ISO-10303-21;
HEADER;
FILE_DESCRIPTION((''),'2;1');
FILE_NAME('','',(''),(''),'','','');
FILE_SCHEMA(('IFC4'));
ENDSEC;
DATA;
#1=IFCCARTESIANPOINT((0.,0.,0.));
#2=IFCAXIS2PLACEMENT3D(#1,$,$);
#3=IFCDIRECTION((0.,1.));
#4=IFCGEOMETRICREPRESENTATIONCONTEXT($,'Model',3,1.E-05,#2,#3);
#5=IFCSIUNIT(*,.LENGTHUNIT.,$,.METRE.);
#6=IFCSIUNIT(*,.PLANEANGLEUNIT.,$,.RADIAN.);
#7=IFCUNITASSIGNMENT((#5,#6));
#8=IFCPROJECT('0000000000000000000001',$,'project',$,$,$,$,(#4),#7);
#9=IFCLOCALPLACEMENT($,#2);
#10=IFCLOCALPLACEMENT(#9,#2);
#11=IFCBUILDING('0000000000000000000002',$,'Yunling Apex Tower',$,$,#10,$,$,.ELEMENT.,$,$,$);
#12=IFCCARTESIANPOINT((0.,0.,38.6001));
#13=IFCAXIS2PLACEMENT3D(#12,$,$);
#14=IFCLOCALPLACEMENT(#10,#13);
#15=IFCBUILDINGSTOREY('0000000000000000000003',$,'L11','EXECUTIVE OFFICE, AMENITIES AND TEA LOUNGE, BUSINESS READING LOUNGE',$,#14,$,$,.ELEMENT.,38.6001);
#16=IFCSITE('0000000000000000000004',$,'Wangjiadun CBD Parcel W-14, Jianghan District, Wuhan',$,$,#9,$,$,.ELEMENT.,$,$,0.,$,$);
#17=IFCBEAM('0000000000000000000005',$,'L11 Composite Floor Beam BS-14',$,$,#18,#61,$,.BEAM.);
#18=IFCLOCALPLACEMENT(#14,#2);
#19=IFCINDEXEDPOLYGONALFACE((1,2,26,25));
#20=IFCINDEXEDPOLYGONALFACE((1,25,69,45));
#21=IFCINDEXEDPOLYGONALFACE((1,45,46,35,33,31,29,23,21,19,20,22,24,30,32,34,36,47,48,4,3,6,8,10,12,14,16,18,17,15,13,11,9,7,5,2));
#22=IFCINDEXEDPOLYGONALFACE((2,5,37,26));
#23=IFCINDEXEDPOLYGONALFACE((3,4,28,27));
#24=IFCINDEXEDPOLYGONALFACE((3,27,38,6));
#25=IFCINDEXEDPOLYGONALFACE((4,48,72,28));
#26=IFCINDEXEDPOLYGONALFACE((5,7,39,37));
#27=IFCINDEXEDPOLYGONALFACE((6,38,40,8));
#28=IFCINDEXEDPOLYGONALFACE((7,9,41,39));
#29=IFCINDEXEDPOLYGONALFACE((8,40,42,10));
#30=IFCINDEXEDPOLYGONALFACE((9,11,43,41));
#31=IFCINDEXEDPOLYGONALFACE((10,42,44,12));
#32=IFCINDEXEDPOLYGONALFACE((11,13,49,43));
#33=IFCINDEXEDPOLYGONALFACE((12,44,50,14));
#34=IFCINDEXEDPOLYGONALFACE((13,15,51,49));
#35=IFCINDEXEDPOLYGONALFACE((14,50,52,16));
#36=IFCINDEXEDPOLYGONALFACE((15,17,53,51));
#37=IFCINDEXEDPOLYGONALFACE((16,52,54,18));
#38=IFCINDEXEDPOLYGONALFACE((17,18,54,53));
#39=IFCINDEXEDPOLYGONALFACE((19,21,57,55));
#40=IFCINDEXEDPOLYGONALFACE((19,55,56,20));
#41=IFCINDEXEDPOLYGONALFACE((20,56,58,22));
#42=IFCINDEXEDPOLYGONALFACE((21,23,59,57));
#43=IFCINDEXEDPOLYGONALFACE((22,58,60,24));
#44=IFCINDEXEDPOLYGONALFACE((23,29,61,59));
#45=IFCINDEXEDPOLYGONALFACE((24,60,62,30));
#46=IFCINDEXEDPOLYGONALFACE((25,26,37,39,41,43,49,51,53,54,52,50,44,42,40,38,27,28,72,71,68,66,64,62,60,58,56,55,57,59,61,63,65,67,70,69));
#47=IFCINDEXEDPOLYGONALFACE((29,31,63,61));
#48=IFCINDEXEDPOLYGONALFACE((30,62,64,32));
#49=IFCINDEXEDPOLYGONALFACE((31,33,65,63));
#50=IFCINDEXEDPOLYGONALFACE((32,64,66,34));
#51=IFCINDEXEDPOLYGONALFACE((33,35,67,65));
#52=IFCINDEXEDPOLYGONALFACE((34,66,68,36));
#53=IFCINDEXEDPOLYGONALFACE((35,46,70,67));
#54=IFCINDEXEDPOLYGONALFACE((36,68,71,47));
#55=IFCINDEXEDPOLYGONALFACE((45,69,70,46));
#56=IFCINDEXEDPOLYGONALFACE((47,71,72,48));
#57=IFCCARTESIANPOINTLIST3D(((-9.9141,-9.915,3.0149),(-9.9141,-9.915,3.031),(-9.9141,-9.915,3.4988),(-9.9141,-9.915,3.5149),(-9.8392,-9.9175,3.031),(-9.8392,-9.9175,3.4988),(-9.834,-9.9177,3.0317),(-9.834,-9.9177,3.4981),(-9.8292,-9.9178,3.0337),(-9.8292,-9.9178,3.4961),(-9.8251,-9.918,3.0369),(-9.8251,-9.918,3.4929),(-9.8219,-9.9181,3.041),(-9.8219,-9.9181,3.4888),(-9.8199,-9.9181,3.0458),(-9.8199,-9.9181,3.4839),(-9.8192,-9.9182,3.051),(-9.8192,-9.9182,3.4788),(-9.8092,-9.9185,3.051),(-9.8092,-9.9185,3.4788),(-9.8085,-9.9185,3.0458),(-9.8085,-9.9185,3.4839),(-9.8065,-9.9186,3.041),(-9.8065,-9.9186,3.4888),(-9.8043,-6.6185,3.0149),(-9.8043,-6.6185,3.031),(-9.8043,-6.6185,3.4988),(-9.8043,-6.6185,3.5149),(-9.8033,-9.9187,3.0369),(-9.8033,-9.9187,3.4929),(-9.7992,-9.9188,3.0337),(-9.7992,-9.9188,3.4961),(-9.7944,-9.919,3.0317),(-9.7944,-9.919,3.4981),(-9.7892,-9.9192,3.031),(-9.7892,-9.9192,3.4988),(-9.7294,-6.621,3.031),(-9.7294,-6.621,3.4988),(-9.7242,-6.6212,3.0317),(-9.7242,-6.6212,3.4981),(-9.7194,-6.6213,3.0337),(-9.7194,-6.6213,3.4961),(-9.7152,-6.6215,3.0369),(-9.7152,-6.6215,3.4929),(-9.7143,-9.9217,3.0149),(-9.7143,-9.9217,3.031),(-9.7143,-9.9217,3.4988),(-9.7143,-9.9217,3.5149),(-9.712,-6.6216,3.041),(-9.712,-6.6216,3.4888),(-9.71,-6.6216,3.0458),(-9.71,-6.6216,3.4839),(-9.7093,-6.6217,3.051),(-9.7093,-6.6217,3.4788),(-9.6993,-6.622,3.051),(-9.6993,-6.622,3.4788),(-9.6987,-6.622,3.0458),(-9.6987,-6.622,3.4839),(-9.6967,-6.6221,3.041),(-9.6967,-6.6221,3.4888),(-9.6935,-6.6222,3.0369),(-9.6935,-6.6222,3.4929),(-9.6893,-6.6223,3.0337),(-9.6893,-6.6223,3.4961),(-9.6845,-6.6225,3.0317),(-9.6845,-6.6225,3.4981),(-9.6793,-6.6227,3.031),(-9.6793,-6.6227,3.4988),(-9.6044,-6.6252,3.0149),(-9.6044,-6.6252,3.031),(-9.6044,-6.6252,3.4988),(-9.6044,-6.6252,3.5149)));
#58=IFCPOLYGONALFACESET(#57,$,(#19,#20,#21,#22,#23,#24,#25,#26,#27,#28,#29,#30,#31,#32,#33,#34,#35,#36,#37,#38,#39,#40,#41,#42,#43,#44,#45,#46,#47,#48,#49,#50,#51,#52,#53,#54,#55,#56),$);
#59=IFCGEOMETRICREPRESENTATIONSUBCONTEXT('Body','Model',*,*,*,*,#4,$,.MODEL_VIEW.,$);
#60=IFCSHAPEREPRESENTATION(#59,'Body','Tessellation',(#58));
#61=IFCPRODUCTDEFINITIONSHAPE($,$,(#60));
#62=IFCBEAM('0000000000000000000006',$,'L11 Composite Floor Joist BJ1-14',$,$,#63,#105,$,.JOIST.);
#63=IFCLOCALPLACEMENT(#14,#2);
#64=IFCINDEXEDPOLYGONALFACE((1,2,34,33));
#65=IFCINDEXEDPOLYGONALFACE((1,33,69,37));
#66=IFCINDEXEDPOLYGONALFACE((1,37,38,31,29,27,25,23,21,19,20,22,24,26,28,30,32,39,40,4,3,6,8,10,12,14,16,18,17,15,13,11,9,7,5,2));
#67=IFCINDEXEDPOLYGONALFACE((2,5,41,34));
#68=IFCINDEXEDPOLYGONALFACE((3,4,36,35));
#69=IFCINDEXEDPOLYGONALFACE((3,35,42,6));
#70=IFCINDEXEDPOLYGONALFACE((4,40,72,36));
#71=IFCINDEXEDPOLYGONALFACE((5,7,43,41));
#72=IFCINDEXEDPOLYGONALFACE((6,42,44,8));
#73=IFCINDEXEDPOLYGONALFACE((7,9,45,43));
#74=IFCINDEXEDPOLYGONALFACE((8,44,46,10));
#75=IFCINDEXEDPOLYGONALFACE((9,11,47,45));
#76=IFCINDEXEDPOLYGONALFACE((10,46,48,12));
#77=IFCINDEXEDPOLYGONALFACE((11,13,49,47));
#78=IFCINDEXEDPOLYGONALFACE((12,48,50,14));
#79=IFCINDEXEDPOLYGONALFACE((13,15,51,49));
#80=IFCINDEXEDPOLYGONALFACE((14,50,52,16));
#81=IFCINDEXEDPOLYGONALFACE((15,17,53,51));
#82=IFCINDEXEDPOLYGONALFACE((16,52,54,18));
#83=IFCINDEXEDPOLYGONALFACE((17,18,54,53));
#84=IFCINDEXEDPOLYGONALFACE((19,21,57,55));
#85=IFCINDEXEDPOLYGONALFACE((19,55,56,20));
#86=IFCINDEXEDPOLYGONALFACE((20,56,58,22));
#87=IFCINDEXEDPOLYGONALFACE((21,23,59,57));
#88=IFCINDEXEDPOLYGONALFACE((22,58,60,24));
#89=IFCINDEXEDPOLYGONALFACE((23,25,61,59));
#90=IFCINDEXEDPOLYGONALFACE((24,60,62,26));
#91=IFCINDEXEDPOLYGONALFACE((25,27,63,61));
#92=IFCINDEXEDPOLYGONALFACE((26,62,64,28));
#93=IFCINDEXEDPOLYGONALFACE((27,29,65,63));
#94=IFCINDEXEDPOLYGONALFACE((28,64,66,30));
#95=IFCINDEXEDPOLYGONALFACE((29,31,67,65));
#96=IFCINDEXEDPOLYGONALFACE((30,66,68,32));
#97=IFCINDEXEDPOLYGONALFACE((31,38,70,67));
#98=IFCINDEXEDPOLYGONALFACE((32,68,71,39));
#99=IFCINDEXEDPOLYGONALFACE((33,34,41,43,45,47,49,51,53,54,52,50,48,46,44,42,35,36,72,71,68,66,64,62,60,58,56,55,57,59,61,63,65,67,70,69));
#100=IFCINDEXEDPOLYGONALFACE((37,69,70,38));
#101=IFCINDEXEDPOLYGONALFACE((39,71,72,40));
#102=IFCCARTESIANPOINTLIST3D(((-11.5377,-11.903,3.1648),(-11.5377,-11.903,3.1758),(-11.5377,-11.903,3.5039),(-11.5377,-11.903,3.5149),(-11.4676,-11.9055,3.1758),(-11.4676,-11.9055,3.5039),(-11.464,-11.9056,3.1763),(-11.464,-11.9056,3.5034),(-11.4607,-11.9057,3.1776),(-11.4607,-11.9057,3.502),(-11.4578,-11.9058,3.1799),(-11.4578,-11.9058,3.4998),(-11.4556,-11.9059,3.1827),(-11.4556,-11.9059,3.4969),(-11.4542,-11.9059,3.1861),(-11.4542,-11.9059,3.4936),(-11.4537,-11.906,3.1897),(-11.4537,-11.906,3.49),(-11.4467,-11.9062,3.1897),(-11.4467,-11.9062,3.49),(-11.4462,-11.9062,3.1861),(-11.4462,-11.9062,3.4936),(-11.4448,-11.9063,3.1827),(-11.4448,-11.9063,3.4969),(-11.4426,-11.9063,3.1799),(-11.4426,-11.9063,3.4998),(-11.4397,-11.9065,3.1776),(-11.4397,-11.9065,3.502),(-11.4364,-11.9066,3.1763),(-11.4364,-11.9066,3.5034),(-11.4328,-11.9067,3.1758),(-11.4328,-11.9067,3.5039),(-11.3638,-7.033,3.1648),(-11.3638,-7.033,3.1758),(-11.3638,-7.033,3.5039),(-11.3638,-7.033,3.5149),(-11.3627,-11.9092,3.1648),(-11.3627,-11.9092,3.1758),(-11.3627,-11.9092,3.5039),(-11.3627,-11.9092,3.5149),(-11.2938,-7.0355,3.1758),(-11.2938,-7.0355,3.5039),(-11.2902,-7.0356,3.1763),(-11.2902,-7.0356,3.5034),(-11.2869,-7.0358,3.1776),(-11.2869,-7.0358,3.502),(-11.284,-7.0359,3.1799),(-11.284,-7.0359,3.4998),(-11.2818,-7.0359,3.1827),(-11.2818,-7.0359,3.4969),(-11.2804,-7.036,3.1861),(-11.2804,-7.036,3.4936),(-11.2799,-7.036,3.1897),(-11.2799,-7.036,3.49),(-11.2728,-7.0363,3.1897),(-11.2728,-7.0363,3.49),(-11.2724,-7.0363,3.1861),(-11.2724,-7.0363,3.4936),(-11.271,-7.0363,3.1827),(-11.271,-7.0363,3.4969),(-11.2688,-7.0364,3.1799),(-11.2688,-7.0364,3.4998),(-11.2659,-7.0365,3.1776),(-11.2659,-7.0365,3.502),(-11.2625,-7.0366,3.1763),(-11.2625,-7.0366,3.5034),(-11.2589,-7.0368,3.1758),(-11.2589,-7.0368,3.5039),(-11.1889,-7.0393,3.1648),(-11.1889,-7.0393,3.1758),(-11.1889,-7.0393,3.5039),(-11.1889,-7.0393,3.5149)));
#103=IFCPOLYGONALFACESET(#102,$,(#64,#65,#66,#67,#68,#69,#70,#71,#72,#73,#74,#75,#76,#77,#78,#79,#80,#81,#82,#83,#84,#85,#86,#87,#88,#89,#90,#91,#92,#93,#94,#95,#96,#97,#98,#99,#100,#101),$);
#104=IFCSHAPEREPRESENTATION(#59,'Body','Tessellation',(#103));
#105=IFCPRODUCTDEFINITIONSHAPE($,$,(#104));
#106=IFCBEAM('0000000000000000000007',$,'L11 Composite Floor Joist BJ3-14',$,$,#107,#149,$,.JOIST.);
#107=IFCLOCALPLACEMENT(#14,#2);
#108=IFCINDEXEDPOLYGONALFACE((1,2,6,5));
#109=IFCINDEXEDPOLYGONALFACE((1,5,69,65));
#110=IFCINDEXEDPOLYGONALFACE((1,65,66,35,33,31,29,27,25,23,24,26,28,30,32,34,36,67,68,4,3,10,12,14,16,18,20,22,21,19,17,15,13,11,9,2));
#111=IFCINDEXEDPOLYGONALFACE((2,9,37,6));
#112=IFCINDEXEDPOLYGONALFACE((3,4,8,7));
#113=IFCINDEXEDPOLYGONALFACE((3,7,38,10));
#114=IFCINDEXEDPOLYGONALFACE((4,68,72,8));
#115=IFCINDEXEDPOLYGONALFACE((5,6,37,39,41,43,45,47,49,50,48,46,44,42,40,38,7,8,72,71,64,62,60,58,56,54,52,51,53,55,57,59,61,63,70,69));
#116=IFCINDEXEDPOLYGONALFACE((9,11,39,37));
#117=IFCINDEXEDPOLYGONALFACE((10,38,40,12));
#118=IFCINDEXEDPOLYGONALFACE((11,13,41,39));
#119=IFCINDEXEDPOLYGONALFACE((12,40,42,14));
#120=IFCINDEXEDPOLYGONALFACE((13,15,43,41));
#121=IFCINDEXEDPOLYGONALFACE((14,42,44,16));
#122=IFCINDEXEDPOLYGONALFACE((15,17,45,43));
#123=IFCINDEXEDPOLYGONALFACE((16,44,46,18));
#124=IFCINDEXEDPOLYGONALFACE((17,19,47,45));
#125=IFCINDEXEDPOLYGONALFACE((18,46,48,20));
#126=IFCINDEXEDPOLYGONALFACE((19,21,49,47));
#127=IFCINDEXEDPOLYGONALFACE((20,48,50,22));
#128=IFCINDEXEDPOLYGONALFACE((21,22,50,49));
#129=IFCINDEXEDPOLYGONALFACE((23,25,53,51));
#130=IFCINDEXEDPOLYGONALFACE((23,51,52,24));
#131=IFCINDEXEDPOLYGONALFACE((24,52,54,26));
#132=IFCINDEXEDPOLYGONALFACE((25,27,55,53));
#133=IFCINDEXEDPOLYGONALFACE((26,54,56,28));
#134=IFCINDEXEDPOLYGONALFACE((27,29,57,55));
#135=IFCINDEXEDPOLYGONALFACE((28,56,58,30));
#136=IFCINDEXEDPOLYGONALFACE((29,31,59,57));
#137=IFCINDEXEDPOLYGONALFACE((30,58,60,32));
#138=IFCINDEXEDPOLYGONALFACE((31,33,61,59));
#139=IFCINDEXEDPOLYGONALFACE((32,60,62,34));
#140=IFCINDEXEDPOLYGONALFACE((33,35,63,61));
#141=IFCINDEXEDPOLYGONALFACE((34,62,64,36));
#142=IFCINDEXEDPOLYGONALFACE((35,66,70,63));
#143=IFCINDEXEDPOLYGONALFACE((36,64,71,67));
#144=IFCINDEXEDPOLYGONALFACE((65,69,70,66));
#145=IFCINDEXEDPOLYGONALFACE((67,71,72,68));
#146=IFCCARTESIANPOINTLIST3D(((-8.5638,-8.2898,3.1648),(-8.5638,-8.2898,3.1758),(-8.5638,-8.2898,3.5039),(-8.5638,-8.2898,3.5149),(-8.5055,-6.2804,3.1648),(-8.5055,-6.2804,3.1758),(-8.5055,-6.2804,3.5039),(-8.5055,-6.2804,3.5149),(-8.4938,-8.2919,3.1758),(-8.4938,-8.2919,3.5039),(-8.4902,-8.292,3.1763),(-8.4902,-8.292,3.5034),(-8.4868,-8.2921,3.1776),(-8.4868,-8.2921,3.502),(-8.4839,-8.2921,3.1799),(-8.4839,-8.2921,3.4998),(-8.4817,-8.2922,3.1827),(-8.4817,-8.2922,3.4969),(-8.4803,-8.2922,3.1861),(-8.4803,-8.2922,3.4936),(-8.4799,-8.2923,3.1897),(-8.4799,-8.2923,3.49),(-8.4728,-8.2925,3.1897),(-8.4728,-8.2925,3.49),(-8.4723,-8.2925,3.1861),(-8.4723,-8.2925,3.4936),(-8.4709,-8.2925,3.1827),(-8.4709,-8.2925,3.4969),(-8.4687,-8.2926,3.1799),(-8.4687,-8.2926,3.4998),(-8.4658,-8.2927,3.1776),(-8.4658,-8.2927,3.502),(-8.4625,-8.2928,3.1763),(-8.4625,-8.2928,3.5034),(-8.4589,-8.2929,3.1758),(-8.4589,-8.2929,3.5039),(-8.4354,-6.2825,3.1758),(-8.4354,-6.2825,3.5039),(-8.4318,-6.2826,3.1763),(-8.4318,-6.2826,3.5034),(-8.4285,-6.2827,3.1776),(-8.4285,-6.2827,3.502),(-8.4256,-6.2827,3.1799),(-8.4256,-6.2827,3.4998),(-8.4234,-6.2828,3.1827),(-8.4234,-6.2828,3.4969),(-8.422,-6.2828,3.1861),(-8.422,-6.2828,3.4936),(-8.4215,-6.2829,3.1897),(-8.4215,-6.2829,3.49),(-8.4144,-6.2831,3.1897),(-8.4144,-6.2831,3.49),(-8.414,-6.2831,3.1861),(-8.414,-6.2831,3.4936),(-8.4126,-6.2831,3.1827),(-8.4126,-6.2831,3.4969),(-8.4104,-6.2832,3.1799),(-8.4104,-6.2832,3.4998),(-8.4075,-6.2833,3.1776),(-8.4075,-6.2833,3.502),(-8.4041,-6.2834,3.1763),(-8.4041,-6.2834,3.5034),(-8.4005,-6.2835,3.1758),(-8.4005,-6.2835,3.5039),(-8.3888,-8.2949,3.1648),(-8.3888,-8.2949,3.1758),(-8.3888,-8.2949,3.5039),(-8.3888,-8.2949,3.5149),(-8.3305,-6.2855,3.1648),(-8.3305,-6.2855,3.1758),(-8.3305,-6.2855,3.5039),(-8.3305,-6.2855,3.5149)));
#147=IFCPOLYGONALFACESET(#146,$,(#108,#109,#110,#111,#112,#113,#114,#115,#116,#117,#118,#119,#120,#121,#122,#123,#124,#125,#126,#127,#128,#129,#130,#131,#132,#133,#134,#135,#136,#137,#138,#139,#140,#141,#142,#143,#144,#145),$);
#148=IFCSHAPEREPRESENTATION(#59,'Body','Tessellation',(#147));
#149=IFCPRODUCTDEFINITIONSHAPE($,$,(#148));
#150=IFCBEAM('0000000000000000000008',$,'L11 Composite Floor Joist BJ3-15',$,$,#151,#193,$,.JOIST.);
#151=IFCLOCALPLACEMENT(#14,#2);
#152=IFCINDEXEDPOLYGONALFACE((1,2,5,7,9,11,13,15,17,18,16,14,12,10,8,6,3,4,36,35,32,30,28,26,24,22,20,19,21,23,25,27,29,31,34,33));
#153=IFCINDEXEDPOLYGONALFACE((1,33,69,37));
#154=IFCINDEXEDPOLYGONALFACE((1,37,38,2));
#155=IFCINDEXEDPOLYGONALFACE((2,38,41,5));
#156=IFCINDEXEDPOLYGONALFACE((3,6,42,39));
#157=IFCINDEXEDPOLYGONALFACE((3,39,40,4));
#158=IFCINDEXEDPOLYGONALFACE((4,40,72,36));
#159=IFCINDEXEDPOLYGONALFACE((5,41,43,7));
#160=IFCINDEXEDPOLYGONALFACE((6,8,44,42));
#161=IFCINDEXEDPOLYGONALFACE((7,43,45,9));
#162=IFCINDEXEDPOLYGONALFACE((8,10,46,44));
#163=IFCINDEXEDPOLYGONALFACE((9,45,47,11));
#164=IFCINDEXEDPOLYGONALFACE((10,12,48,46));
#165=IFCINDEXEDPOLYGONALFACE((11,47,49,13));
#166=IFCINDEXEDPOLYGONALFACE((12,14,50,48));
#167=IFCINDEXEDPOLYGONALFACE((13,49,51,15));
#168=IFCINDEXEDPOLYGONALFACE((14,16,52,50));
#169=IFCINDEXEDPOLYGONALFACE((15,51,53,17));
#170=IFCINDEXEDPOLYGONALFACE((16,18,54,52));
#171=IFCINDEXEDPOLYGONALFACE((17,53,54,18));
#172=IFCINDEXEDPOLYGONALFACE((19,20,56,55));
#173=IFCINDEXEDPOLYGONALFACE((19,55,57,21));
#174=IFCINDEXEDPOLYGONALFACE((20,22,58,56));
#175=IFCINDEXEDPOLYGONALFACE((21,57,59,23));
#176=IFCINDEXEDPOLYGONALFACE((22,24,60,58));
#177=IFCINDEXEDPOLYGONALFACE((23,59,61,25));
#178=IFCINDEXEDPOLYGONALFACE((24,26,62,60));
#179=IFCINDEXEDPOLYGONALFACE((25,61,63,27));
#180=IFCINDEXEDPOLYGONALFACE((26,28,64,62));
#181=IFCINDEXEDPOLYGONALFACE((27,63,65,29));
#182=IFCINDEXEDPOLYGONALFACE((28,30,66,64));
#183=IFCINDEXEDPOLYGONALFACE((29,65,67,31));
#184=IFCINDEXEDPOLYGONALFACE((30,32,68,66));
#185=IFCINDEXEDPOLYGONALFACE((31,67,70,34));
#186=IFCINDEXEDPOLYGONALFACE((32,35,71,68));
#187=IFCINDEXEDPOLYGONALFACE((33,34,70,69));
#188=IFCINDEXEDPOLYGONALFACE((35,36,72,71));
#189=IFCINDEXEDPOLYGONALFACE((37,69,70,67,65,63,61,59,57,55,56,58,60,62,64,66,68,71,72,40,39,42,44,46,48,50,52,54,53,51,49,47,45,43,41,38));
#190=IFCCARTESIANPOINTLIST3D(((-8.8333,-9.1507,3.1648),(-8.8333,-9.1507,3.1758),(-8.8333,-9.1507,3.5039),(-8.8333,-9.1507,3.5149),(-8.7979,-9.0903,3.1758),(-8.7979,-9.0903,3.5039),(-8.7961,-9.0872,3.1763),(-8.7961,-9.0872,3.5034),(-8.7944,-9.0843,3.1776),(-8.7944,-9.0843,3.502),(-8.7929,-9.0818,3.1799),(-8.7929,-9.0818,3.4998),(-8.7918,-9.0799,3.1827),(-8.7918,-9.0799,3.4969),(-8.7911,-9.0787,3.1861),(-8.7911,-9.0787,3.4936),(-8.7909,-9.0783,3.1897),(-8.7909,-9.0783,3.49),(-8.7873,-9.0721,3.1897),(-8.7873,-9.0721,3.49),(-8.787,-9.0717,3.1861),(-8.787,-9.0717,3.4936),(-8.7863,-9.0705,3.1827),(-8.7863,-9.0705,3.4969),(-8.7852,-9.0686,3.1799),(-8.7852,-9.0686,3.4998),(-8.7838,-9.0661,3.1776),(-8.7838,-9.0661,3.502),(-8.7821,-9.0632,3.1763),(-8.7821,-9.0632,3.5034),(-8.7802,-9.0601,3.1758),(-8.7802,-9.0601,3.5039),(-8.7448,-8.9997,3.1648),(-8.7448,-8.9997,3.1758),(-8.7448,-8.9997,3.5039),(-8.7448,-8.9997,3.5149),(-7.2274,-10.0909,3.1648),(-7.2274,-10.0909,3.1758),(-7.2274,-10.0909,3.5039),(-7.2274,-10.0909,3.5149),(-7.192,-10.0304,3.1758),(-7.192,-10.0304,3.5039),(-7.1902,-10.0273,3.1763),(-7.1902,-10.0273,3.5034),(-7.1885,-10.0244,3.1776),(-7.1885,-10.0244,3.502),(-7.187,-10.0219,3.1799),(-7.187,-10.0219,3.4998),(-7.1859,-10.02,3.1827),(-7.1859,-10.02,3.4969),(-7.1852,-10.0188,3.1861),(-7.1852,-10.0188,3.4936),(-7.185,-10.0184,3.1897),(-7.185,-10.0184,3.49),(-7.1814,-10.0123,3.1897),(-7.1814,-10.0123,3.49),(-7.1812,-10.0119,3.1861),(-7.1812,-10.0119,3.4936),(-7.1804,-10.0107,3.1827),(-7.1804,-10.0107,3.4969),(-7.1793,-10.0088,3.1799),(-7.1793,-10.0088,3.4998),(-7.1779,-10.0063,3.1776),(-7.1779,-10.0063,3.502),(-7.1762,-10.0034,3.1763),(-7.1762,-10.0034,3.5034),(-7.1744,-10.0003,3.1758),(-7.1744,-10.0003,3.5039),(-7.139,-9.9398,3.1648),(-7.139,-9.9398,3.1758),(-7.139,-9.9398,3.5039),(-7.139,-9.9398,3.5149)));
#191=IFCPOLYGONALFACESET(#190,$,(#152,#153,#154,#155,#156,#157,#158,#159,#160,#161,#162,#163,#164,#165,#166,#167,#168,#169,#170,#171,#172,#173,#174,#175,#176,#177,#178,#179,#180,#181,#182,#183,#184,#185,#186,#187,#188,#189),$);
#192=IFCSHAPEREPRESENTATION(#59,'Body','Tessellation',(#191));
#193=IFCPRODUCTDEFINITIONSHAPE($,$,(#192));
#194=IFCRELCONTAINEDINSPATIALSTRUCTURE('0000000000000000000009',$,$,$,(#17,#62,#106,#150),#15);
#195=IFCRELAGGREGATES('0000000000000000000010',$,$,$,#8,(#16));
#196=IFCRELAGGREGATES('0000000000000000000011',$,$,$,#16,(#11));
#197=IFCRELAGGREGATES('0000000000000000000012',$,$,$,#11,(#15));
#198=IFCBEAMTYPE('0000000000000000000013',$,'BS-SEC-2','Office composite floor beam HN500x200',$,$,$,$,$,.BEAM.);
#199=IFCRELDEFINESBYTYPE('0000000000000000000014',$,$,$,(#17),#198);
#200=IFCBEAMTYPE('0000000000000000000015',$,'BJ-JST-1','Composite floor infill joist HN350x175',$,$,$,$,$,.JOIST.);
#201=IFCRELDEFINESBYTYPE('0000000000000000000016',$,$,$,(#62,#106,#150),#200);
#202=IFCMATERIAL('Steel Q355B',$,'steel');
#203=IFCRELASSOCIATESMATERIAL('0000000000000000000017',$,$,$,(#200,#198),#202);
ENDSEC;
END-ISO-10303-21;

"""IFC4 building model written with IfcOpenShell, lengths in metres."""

from ifc_helpers import new_model, si_unit, direction, frame, origin, origin_2d, place, context, subcontext, project, spatial, i_section, extrude, source, transform, mapped, material, material_profile, profile_set, type_object, element, save


model = new_model("IFC4")

# Units and contexts
model_context = context("Model", 3, precision=1e-05, world=origin(), true_north=direction((0.0, 1.0)))
body_context = subcontext(model_context, "Body", "Model", "MODEL_VIEW")
ifc_project = project(units=[si_unit("LENGTHUNIT", "METRE"), si_unit("PLANEANGLEUNIT", "RADIAN")], contexts=[model_context])

# Site, building, storey
site_placement = place(None, origin())
site = spatial("IfcSite", under=ifc_project, at=site_placement, Name="Wangjiadun CBD Parcel W-14, Jianghan District, Wuhan", CompositionType="ELEMENT", RefElevation=0.0)
building_placement = place(site_placement, origin())
building = spatial("IfcBuilding", under=site, at=building_placement, Name="Yunling Apex Tower", CompositionType="ELEMENT")
storey_placement = place(building_placement, frame((0.0, 0.0, 38.6001)))
storey = spatial("IfcBuildingStorey", under=building, at=storey_placement, Name="L11", Description="EXECUTIVE OFFICE, AMENITIES AND TEA LOUNGE, BUSINESS READING LOUNGE", CompositionType="ELEMENT", Elevation=38.6001)

# Beams
ifc_material_1 = material(Name="Steel Q355B", Category="steel")
ifc_material_profile_1 = material_profile(ifc_material_1, i_section(OverallWidth=0.175, OverallDepth=0.3501, WebThickness=0.0071, FlangeThickness=0.011, FilletRadius=0.0139, at=origin_2d()))
ifc_profile_set_1 = profile_set([ifc_material_profile_1], Name="Steel Q355B")
beam_type_1 = type_object("IfcBeamType", Name="BJ-JST-1", Description="Composite floor infill joist HN350x175", PredefinedType="JOIST", material=ifc_profile_set_1)
ifc_material_profile_2 = material_profile(ifc_material_1, i_section(OverallWidth=0.2, OverallDepth=0.5, WebThickness=0.01, FlangeThickness=0.0161, FilletRadius=0.02, at=origin_2d()))
ifc_profile_set_2 = profile_set([ifc_material_profile_2], Name="Steel Q355B")
beam_type_2 = type_object("IfcBeamType", Name="BS-SEC-2", Description="Office composite floor beam HN500x200", PredefinedType="BEAM", material=ifc_profile_set_2)
shared_shape_1 = source(origin(), body_context, "Body", "SweptSolid", [
    extrude(i_section(OverallWidth=0.2, OverallDepth=0.5, WebThickness=0.01, FlangeThickness=0.0161, FilletRadius=0.02, at=origin_2d()), origin(), (0.0, 0.0, 1.0), 3.2983),
])
beam_1_placement = place(storey_placement, frame((-9.7043, -6.6218, 3.2649), z_axis=(-0.033307, -0.999445, 0.0), x_axis=(0.999445, -0.033307, 0.0)))
element("IfcBeam", 1, at=beam_1_placement, inside=storey, type_object=beam_type_2, Name="L11 Composite Floor Beam BS-14", PredefinedType="BEAM", context=body_context, shape_type="MappedRepresentation", body=[
    mapped(shared_shape_1, transform((0.0, 0.0, 0.0), scale=1.0)),
])
shared_shape_2 = source(origin(), body_context, "Body", "SweptSolid", [
    extrude(i_section(OverallWidth=0.175, OverallDepth=0.3501, WebThickness=0.0071, FlangeThickness=0.011, FilletRadius=0.0139, at=origin_2d()), origin(), (0.0, 0.0, 1.0), 4.873),
])
beam_2_placement = place(storey_placement, frame((-11.2764, -7.0361, 3.3398), z_axis=(-0.035672, -0.999364, 0.0), x_axis=(0.999364, -0.035672, 0.0)))
element("IfcBeam", 2, at=beam_2_placement, inside=storey, type_object=beam_type_1, Name="L11 Composite Floor Joist BJ1-14", PredefinedType="JOIST", context=body_context, shape_type="MappedRepresentation", body=[
    mapped(shared_shape_2, transform((0.0, 0.0, 0.0), scale=1.0)),
])
shared_shape_3 = source(origin(), body_context, "Body", "SweptSolid", [
    extrude(i_section(OverallWidth=0.175, OverallDepth=0.3501, WebThickness=0.0071, FlangeThickness=0.011, FilletRadius=0.0139, at=origin_2d()), origin(), (0.0, 0.0, 1.0), 2.0103),
])
beam_3_placement = place(storey_placement, frame((-8.418, -6.283, 3.3398), z_axis=(-0.029024, -0.999579, 0.0), x_axis=(0.999579, -0.029024, 0.0)))
element("IfcBeam", 3, at=beam_3_placement, inside=storey, type_object=beam_type_1, Name="L11 Composite Floor Joist BJ3-14", PredefinedType="JOIST", context=body_context, shape_type="MappedRepresentation", body=[
    mapped(shared_shape_3, transform((0.0, 0.0, 0.0), scale=1.0)),
])
shared_shape_4 = source(origin(), body_context, "Body", "SweptSolid", [
    extrude(i_section(OverallWidth=0.175, OverallDepth=0.3501, WebThickness=0.0071, FlangeThickness=0.011, FilletRadius=0.0139, at=origin_2d()), origin(), (0.0, 0.0, 1.0), 1.8608),
])
beam_4_placement = place(storey_placement, frame((-8.7891, -9.0752, 3.3398), z_axis=(0.862988, -0.505224, 0.0), x_axis=(0.505224, 0.862988, 0.0)))
element("IfcBeam", 4, at=beam_4_placement, inside=storey, type_object=beam_type_1, Name="L11 Composite Floor Joist BJ3-15", PredefinedType="JOIST", context=body_context, shape_type="MappedRepresentation", body=[
    mapped(shared_shape_4, transform((0.0, 0.0, 0.0), scale=1.0)),
])

save(model, "model.ifc")
